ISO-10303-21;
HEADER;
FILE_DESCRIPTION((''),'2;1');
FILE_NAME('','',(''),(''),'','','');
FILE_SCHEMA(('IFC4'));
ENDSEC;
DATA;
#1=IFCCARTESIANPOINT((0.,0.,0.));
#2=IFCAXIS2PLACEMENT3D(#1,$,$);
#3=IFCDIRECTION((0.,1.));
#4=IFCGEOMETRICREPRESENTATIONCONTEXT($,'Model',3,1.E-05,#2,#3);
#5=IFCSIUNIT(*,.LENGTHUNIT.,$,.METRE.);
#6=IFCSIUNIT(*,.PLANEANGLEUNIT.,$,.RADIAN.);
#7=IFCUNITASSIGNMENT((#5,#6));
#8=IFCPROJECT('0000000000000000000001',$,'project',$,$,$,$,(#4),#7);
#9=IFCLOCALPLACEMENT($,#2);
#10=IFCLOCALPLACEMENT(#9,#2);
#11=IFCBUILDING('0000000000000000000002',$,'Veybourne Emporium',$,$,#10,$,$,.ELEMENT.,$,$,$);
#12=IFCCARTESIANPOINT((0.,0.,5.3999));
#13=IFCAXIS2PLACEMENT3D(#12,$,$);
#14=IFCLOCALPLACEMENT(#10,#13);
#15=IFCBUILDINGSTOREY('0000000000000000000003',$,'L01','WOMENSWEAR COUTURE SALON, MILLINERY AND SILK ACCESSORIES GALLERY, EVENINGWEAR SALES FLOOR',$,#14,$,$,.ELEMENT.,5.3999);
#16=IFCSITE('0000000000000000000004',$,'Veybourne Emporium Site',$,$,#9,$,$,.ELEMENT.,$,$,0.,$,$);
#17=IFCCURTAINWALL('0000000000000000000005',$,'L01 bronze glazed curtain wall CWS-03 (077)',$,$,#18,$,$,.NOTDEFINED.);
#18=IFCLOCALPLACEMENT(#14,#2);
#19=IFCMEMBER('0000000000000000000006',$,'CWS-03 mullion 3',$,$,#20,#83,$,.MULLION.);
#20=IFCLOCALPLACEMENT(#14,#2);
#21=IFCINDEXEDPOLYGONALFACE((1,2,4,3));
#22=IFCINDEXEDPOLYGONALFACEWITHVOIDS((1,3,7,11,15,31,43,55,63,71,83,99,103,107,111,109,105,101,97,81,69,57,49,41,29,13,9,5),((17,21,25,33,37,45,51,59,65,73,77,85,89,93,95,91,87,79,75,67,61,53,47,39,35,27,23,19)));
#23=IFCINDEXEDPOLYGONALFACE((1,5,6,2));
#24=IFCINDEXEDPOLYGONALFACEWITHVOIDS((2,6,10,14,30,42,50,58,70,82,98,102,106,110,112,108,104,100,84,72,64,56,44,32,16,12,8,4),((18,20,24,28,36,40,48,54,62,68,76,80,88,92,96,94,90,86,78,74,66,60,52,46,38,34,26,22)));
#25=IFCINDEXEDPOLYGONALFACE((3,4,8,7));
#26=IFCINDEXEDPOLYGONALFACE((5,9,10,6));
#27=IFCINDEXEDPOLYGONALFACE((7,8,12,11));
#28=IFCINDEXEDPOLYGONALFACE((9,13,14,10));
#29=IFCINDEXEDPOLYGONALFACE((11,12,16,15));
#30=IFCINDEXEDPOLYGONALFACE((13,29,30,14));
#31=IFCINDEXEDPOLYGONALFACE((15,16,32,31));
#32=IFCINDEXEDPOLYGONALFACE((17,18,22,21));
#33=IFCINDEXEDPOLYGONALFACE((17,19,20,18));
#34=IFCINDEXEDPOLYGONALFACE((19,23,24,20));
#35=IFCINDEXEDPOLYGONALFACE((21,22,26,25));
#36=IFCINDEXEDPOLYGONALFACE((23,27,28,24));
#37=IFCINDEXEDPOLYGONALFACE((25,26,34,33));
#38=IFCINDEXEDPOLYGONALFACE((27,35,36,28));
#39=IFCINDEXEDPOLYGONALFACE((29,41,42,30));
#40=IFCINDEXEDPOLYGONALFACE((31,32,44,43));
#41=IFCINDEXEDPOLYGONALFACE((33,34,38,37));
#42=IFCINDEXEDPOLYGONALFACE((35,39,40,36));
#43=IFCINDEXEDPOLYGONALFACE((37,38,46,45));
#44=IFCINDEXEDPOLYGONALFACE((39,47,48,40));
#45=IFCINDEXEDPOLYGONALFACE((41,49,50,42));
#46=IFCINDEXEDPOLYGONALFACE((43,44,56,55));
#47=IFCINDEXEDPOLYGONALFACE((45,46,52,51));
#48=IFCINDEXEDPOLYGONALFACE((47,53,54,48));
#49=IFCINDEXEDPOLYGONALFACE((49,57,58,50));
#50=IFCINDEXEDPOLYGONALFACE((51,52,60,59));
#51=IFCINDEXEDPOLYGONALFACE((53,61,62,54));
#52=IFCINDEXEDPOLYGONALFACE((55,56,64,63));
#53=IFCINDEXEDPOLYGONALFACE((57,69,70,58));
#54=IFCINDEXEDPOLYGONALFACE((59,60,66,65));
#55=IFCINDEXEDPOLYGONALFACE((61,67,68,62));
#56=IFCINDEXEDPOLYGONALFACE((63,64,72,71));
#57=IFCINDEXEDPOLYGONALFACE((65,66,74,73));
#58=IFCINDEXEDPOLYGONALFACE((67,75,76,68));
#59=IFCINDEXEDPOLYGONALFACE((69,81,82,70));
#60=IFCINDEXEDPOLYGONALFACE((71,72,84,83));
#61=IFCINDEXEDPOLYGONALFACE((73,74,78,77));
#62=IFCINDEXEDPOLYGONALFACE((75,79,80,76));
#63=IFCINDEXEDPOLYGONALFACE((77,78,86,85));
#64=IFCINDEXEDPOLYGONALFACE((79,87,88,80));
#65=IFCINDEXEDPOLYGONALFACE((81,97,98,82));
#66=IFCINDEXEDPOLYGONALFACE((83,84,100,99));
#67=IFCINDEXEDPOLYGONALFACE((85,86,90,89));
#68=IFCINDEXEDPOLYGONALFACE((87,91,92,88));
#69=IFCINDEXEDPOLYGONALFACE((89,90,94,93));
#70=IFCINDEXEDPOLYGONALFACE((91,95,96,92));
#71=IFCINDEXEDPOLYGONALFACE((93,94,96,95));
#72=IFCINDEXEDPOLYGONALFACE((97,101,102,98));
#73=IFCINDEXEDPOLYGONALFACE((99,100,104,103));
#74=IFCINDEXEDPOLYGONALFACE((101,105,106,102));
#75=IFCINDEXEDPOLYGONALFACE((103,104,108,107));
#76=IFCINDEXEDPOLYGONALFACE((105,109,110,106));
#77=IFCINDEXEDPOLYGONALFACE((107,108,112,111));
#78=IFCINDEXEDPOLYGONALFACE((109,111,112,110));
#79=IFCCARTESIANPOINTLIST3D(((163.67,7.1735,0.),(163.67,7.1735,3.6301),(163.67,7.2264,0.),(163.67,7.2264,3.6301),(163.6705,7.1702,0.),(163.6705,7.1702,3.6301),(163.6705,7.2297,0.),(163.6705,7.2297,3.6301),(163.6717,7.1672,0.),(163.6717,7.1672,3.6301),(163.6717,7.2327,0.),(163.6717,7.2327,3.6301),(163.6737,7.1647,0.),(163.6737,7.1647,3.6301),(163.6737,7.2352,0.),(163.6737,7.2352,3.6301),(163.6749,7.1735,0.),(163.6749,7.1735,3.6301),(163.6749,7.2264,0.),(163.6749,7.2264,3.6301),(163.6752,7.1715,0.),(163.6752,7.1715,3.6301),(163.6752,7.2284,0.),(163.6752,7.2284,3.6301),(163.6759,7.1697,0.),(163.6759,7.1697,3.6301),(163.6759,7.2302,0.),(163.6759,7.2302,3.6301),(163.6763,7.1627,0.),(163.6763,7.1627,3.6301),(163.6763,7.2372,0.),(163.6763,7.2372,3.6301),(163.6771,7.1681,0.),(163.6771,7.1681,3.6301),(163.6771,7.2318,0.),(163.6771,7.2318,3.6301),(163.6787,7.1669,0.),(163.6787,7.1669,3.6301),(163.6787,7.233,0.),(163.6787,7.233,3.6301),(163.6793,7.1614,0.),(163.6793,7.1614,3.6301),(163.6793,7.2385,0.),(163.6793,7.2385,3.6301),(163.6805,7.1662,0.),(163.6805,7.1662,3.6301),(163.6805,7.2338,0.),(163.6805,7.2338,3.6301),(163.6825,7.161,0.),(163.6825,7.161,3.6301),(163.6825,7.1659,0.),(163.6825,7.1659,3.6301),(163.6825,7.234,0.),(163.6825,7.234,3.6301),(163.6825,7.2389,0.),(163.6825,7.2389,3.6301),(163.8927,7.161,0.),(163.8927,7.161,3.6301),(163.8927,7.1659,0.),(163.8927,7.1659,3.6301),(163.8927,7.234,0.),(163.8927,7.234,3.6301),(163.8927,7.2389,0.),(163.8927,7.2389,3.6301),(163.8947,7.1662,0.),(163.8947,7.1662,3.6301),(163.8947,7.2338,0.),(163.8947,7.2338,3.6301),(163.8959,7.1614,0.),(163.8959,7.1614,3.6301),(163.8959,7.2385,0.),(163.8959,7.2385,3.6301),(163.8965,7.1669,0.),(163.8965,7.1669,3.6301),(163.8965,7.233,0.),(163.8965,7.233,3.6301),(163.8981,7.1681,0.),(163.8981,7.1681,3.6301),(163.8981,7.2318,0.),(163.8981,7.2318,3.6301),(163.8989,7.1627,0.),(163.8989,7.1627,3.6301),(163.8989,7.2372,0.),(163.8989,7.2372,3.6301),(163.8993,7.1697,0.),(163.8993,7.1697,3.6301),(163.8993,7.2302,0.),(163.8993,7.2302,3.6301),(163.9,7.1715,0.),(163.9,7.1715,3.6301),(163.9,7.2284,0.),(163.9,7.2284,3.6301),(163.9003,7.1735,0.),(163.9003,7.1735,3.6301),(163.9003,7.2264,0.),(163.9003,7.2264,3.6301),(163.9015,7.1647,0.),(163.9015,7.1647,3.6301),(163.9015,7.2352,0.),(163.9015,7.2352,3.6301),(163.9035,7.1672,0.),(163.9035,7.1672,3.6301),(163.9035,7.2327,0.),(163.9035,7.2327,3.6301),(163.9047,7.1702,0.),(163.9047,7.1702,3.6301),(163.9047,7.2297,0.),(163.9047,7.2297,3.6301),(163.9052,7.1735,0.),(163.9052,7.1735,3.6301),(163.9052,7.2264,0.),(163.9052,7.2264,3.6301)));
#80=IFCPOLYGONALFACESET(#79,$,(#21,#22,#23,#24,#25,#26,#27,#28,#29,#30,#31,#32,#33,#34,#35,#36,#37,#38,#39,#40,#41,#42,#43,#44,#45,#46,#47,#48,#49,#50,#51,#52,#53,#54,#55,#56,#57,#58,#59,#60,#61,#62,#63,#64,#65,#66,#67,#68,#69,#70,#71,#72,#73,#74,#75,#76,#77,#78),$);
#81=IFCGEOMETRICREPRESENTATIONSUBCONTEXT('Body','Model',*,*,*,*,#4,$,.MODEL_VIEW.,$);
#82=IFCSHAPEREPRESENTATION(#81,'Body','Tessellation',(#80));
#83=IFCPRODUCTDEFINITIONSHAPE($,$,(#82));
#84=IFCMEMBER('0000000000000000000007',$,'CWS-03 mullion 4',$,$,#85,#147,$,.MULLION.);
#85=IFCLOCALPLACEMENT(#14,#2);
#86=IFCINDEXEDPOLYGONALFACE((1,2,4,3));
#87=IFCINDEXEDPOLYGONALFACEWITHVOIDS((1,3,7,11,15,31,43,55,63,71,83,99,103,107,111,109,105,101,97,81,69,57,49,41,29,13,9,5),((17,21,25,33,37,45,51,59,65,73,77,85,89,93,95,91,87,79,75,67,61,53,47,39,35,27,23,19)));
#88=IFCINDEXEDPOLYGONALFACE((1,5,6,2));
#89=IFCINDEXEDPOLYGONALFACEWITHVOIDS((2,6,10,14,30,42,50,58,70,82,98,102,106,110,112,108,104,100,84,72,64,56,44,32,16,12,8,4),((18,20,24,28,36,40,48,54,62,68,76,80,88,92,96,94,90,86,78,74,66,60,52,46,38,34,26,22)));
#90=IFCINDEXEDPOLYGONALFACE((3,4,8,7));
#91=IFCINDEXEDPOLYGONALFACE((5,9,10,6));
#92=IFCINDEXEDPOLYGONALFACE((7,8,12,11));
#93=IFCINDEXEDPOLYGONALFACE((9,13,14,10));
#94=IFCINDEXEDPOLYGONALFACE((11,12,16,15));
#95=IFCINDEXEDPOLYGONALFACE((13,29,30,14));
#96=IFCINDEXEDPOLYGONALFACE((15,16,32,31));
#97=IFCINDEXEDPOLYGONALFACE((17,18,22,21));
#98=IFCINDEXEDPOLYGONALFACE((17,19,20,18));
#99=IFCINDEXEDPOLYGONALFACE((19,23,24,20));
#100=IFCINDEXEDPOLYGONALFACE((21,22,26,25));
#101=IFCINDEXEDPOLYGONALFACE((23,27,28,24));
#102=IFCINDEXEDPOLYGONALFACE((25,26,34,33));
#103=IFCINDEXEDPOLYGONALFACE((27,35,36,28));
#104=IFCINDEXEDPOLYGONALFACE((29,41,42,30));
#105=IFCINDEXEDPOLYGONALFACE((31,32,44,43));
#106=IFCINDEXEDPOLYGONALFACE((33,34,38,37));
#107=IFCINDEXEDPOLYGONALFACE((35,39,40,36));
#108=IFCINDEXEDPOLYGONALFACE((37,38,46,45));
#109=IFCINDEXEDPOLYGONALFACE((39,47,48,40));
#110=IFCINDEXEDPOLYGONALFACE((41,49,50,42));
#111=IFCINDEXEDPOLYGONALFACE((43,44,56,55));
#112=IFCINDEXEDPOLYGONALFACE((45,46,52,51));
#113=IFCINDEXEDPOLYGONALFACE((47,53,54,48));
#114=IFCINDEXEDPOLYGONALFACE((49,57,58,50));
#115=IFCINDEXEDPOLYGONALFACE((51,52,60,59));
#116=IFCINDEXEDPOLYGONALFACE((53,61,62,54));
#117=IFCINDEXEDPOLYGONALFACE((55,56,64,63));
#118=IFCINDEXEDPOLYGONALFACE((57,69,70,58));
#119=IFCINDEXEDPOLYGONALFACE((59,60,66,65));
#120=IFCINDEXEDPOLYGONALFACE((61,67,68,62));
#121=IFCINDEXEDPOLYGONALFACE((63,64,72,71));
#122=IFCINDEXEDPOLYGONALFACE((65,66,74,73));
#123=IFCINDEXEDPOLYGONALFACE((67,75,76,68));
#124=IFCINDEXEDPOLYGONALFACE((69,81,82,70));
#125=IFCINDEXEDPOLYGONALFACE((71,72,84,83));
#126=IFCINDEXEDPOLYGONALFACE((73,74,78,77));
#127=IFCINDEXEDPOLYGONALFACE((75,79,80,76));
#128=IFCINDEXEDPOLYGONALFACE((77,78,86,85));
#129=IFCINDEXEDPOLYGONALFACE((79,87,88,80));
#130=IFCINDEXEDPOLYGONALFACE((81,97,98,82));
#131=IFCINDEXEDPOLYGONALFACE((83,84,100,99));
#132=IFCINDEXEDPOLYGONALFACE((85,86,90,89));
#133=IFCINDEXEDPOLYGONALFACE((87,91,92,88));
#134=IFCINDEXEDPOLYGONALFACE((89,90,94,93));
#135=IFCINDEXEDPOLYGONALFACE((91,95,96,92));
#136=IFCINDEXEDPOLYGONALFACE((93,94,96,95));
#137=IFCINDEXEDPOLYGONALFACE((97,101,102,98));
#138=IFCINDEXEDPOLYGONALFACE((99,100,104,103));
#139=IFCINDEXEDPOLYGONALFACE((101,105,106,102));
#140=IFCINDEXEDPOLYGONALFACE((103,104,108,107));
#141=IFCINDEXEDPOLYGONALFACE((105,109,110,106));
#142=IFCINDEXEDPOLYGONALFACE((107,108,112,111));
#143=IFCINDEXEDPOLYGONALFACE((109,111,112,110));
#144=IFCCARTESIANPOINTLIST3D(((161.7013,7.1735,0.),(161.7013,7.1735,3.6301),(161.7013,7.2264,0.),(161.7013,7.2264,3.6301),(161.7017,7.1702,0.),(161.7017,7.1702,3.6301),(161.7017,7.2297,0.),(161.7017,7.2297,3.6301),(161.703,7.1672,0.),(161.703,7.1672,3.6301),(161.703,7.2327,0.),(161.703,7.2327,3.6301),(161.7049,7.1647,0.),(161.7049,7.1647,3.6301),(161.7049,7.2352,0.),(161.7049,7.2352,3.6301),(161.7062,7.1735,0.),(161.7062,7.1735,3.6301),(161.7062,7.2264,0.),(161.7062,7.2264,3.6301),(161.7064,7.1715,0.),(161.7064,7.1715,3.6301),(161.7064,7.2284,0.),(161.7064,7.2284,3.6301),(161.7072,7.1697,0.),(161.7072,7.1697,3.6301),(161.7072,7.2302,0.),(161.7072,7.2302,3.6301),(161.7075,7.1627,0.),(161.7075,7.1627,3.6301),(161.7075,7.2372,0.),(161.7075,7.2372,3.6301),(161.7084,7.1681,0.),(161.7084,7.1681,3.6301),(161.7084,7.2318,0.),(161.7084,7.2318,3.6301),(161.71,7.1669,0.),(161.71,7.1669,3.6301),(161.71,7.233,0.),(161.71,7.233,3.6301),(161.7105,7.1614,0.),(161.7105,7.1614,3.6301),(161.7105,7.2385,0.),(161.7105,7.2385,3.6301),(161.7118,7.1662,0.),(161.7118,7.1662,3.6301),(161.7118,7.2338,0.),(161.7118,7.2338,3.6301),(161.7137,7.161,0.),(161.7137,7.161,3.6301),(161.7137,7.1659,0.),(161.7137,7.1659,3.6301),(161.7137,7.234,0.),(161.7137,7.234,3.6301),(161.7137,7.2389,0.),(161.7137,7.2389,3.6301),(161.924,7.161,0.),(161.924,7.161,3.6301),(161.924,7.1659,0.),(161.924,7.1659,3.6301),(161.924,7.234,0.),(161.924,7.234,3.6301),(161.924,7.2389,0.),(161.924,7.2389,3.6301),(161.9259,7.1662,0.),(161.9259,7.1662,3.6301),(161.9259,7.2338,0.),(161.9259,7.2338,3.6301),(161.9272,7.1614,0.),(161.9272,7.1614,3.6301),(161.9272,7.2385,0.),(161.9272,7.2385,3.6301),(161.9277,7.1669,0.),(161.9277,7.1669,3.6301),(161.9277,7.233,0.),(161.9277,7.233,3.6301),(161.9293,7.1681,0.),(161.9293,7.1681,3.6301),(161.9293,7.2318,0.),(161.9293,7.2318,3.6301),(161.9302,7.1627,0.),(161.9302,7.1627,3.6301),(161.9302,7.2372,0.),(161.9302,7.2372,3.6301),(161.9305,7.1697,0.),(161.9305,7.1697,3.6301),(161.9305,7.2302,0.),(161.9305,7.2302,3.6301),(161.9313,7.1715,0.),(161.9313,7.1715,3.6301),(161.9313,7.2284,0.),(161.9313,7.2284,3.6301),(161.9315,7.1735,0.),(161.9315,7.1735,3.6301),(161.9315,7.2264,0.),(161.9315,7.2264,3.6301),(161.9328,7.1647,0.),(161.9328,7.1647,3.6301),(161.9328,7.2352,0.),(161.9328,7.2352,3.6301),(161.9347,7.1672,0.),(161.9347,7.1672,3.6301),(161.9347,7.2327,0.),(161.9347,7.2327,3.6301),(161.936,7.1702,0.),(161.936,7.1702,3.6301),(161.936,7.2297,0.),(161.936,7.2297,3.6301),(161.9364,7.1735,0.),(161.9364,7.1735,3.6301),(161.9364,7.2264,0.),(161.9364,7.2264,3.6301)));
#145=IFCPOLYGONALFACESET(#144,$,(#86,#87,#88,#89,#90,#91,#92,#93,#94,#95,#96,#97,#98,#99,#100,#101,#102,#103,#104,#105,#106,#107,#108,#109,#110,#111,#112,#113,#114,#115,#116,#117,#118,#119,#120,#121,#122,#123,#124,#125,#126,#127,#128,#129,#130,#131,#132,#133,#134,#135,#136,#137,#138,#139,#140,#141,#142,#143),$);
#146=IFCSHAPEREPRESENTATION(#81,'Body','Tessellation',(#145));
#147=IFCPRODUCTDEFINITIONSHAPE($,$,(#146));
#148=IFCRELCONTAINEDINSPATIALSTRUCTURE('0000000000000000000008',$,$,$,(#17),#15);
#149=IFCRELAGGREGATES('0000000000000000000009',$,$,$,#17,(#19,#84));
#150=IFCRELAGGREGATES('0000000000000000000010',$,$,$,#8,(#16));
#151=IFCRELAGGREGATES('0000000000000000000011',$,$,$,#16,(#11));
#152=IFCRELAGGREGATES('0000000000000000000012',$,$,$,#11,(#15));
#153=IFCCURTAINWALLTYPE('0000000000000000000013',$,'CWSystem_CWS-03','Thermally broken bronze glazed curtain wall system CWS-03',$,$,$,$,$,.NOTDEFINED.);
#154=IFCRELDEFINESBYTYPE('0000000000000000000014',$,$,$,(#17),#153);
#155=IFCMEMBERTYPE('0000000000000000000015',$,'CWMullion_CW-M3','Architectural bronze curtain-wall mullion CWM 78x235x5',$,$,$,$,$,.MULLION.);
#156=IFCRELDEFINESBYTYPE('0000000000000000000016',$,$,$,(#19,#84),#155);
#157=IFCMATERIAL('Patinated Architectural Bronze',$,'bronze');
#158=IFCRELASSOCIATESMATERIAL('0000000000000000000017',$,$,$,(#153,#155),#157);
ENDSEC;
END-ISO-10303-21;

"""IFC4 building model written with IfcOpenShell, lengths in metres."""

from ifc_helpers import new_model, si_unit, direction, frame, origin, origin_2d, place, context, subcontext, project, spatial, hollow_rectangle, extrude, material, material_profile, profile_set, type_object, element, aggregate, save


model = new_model("IFC4")

# Units and contexts
model_context = context("Model", 3, precision=1e-05, world=origin(), true_north=direction((0.0, 1.0)))
body_context = subcontext(model_context, "Body", "Model", "MODEL_VIEW")
ifc_project = project(units=[si_unit("LENGTHUNIT", "METRE"), si_unit("PLANEANGLEUNIT", "RADIAN")], contexts=[model_context])

# Site, building, storey
site_placement = place(None, origin())
site = spatial("IfcSite", under=ifc_project, at=site_placement, Name="Veybourne Emporium Site", CompositionType="ELEMENT", RefElevation=0.0)
building_placement = place(site_placement, origin())
building = spatial("IfcBuilding", under=site, at=building_placement, Name="Veybourne Emporium", CompositionType="ELEMENT")
storey_placement = place(building_placement, frame((0.0, 0.0, 5.3999)))
storey = spatial("IfcBuildingStorey", under=building, at=storey_placement, Name="L01", Description="WOMENSWEAR COUTURE SALON, MILLINERY AND SILK ACCESSORIES GALLERY, EVENINGWEAR SALES FLOOR", CompositionType="ELEMENT", Elevation=5.3999)

# Curtain wall, members
ifc_material_1 = material(Name="Patinated Architectural Bronze", Category="bronze")
curtain_wall_type = type_object("IfcCurtainWallType", Name="CWSystem_CWS-03", Description="Thermally broken bronze glazed curtain wall system CWS-03", PredefinedType="NOTDEFINED", material=ifc_material_1)
curtain_wall_placement = place(storey_placement, origin())
curtain_wall = element("IfcCurtainWall", 1, at=curtain_wall_placement, inside=storey, type_object=curtain_wall_type, Name="L01 bronze glazed curtain wall CWS-03 (077)", PredefinedType="NOTDEFINED")
ifc_material_profile_1 = material_profile(ifc_material_1, hollow_rectangle(XDim=0.0779, YDim=0.2351, WallThickness=0.0049, InnerFilletRadius=0.0076, OuterFilletRadius=0.0125, at=origin_2d()), Name="CWM 78x235x5")
ifc_profile_set_1 = profile_set([ifc_material_profile_1], Name="Patinated Architectural Bronze")
member_type_1 = type_object("IfcMemberType", Name="CWMullion_CW-M3", Description="Architectural bronze curtain-wall mullion CWM 78x235x5", PredefinedType="MULLION", material=ifc_profile_set_1)
member_1_placement = place(storey_placement, frame((163.7876, 7.2, 0.0), z_axis=(0.0, 0.0, 1.0), x_axis=(0.0, -1.0, 0.0)))
member_1 = element("IfcMember", 2, at=member_1_placement, type_object=member_type_1, Name="CWS-03 mullion 3", PredefinedType="MULLION", context=body_context, shape_type="SweptSolid", body=[
    extrude(hollow_rectangle(XDim=0.0779, YDim=0.2351, WallThickness=0.0049, InnerFilletRadius=0.0076, OuterFilletRadius=0.0125, at=origin_2d()), origin(), (0.0, 0.0, 1.0), 3.6301),
])
member_2_placement = place(storey_placement, frame((161.8188, 7.2, 0.0), z_axis=(0.0, 0.0, 1.0), x_axis=(0.0, -1.0, 0.0)))
member_2 = element("IfcMember", 3, at=member_2_placement, type_object=member_type_1, Name="CWS-03 mullion 4", PredefinedType="MULLION", context=body_context, shape_type="SweptSolid", body=[
    extrude(hollow_rectangle(XDim=0.0779, YDim=0.2351, WallThickness=0.0049, InnerFilletRadius=0.0076, OuterFilletRadius=0.0125, at=origin_2d()), origin(), (0.0, 0.0, 1.0), 3.6301),
])
aggregate(curtain_wall, [member_1, member_2])

save(model, "model.ifc")
